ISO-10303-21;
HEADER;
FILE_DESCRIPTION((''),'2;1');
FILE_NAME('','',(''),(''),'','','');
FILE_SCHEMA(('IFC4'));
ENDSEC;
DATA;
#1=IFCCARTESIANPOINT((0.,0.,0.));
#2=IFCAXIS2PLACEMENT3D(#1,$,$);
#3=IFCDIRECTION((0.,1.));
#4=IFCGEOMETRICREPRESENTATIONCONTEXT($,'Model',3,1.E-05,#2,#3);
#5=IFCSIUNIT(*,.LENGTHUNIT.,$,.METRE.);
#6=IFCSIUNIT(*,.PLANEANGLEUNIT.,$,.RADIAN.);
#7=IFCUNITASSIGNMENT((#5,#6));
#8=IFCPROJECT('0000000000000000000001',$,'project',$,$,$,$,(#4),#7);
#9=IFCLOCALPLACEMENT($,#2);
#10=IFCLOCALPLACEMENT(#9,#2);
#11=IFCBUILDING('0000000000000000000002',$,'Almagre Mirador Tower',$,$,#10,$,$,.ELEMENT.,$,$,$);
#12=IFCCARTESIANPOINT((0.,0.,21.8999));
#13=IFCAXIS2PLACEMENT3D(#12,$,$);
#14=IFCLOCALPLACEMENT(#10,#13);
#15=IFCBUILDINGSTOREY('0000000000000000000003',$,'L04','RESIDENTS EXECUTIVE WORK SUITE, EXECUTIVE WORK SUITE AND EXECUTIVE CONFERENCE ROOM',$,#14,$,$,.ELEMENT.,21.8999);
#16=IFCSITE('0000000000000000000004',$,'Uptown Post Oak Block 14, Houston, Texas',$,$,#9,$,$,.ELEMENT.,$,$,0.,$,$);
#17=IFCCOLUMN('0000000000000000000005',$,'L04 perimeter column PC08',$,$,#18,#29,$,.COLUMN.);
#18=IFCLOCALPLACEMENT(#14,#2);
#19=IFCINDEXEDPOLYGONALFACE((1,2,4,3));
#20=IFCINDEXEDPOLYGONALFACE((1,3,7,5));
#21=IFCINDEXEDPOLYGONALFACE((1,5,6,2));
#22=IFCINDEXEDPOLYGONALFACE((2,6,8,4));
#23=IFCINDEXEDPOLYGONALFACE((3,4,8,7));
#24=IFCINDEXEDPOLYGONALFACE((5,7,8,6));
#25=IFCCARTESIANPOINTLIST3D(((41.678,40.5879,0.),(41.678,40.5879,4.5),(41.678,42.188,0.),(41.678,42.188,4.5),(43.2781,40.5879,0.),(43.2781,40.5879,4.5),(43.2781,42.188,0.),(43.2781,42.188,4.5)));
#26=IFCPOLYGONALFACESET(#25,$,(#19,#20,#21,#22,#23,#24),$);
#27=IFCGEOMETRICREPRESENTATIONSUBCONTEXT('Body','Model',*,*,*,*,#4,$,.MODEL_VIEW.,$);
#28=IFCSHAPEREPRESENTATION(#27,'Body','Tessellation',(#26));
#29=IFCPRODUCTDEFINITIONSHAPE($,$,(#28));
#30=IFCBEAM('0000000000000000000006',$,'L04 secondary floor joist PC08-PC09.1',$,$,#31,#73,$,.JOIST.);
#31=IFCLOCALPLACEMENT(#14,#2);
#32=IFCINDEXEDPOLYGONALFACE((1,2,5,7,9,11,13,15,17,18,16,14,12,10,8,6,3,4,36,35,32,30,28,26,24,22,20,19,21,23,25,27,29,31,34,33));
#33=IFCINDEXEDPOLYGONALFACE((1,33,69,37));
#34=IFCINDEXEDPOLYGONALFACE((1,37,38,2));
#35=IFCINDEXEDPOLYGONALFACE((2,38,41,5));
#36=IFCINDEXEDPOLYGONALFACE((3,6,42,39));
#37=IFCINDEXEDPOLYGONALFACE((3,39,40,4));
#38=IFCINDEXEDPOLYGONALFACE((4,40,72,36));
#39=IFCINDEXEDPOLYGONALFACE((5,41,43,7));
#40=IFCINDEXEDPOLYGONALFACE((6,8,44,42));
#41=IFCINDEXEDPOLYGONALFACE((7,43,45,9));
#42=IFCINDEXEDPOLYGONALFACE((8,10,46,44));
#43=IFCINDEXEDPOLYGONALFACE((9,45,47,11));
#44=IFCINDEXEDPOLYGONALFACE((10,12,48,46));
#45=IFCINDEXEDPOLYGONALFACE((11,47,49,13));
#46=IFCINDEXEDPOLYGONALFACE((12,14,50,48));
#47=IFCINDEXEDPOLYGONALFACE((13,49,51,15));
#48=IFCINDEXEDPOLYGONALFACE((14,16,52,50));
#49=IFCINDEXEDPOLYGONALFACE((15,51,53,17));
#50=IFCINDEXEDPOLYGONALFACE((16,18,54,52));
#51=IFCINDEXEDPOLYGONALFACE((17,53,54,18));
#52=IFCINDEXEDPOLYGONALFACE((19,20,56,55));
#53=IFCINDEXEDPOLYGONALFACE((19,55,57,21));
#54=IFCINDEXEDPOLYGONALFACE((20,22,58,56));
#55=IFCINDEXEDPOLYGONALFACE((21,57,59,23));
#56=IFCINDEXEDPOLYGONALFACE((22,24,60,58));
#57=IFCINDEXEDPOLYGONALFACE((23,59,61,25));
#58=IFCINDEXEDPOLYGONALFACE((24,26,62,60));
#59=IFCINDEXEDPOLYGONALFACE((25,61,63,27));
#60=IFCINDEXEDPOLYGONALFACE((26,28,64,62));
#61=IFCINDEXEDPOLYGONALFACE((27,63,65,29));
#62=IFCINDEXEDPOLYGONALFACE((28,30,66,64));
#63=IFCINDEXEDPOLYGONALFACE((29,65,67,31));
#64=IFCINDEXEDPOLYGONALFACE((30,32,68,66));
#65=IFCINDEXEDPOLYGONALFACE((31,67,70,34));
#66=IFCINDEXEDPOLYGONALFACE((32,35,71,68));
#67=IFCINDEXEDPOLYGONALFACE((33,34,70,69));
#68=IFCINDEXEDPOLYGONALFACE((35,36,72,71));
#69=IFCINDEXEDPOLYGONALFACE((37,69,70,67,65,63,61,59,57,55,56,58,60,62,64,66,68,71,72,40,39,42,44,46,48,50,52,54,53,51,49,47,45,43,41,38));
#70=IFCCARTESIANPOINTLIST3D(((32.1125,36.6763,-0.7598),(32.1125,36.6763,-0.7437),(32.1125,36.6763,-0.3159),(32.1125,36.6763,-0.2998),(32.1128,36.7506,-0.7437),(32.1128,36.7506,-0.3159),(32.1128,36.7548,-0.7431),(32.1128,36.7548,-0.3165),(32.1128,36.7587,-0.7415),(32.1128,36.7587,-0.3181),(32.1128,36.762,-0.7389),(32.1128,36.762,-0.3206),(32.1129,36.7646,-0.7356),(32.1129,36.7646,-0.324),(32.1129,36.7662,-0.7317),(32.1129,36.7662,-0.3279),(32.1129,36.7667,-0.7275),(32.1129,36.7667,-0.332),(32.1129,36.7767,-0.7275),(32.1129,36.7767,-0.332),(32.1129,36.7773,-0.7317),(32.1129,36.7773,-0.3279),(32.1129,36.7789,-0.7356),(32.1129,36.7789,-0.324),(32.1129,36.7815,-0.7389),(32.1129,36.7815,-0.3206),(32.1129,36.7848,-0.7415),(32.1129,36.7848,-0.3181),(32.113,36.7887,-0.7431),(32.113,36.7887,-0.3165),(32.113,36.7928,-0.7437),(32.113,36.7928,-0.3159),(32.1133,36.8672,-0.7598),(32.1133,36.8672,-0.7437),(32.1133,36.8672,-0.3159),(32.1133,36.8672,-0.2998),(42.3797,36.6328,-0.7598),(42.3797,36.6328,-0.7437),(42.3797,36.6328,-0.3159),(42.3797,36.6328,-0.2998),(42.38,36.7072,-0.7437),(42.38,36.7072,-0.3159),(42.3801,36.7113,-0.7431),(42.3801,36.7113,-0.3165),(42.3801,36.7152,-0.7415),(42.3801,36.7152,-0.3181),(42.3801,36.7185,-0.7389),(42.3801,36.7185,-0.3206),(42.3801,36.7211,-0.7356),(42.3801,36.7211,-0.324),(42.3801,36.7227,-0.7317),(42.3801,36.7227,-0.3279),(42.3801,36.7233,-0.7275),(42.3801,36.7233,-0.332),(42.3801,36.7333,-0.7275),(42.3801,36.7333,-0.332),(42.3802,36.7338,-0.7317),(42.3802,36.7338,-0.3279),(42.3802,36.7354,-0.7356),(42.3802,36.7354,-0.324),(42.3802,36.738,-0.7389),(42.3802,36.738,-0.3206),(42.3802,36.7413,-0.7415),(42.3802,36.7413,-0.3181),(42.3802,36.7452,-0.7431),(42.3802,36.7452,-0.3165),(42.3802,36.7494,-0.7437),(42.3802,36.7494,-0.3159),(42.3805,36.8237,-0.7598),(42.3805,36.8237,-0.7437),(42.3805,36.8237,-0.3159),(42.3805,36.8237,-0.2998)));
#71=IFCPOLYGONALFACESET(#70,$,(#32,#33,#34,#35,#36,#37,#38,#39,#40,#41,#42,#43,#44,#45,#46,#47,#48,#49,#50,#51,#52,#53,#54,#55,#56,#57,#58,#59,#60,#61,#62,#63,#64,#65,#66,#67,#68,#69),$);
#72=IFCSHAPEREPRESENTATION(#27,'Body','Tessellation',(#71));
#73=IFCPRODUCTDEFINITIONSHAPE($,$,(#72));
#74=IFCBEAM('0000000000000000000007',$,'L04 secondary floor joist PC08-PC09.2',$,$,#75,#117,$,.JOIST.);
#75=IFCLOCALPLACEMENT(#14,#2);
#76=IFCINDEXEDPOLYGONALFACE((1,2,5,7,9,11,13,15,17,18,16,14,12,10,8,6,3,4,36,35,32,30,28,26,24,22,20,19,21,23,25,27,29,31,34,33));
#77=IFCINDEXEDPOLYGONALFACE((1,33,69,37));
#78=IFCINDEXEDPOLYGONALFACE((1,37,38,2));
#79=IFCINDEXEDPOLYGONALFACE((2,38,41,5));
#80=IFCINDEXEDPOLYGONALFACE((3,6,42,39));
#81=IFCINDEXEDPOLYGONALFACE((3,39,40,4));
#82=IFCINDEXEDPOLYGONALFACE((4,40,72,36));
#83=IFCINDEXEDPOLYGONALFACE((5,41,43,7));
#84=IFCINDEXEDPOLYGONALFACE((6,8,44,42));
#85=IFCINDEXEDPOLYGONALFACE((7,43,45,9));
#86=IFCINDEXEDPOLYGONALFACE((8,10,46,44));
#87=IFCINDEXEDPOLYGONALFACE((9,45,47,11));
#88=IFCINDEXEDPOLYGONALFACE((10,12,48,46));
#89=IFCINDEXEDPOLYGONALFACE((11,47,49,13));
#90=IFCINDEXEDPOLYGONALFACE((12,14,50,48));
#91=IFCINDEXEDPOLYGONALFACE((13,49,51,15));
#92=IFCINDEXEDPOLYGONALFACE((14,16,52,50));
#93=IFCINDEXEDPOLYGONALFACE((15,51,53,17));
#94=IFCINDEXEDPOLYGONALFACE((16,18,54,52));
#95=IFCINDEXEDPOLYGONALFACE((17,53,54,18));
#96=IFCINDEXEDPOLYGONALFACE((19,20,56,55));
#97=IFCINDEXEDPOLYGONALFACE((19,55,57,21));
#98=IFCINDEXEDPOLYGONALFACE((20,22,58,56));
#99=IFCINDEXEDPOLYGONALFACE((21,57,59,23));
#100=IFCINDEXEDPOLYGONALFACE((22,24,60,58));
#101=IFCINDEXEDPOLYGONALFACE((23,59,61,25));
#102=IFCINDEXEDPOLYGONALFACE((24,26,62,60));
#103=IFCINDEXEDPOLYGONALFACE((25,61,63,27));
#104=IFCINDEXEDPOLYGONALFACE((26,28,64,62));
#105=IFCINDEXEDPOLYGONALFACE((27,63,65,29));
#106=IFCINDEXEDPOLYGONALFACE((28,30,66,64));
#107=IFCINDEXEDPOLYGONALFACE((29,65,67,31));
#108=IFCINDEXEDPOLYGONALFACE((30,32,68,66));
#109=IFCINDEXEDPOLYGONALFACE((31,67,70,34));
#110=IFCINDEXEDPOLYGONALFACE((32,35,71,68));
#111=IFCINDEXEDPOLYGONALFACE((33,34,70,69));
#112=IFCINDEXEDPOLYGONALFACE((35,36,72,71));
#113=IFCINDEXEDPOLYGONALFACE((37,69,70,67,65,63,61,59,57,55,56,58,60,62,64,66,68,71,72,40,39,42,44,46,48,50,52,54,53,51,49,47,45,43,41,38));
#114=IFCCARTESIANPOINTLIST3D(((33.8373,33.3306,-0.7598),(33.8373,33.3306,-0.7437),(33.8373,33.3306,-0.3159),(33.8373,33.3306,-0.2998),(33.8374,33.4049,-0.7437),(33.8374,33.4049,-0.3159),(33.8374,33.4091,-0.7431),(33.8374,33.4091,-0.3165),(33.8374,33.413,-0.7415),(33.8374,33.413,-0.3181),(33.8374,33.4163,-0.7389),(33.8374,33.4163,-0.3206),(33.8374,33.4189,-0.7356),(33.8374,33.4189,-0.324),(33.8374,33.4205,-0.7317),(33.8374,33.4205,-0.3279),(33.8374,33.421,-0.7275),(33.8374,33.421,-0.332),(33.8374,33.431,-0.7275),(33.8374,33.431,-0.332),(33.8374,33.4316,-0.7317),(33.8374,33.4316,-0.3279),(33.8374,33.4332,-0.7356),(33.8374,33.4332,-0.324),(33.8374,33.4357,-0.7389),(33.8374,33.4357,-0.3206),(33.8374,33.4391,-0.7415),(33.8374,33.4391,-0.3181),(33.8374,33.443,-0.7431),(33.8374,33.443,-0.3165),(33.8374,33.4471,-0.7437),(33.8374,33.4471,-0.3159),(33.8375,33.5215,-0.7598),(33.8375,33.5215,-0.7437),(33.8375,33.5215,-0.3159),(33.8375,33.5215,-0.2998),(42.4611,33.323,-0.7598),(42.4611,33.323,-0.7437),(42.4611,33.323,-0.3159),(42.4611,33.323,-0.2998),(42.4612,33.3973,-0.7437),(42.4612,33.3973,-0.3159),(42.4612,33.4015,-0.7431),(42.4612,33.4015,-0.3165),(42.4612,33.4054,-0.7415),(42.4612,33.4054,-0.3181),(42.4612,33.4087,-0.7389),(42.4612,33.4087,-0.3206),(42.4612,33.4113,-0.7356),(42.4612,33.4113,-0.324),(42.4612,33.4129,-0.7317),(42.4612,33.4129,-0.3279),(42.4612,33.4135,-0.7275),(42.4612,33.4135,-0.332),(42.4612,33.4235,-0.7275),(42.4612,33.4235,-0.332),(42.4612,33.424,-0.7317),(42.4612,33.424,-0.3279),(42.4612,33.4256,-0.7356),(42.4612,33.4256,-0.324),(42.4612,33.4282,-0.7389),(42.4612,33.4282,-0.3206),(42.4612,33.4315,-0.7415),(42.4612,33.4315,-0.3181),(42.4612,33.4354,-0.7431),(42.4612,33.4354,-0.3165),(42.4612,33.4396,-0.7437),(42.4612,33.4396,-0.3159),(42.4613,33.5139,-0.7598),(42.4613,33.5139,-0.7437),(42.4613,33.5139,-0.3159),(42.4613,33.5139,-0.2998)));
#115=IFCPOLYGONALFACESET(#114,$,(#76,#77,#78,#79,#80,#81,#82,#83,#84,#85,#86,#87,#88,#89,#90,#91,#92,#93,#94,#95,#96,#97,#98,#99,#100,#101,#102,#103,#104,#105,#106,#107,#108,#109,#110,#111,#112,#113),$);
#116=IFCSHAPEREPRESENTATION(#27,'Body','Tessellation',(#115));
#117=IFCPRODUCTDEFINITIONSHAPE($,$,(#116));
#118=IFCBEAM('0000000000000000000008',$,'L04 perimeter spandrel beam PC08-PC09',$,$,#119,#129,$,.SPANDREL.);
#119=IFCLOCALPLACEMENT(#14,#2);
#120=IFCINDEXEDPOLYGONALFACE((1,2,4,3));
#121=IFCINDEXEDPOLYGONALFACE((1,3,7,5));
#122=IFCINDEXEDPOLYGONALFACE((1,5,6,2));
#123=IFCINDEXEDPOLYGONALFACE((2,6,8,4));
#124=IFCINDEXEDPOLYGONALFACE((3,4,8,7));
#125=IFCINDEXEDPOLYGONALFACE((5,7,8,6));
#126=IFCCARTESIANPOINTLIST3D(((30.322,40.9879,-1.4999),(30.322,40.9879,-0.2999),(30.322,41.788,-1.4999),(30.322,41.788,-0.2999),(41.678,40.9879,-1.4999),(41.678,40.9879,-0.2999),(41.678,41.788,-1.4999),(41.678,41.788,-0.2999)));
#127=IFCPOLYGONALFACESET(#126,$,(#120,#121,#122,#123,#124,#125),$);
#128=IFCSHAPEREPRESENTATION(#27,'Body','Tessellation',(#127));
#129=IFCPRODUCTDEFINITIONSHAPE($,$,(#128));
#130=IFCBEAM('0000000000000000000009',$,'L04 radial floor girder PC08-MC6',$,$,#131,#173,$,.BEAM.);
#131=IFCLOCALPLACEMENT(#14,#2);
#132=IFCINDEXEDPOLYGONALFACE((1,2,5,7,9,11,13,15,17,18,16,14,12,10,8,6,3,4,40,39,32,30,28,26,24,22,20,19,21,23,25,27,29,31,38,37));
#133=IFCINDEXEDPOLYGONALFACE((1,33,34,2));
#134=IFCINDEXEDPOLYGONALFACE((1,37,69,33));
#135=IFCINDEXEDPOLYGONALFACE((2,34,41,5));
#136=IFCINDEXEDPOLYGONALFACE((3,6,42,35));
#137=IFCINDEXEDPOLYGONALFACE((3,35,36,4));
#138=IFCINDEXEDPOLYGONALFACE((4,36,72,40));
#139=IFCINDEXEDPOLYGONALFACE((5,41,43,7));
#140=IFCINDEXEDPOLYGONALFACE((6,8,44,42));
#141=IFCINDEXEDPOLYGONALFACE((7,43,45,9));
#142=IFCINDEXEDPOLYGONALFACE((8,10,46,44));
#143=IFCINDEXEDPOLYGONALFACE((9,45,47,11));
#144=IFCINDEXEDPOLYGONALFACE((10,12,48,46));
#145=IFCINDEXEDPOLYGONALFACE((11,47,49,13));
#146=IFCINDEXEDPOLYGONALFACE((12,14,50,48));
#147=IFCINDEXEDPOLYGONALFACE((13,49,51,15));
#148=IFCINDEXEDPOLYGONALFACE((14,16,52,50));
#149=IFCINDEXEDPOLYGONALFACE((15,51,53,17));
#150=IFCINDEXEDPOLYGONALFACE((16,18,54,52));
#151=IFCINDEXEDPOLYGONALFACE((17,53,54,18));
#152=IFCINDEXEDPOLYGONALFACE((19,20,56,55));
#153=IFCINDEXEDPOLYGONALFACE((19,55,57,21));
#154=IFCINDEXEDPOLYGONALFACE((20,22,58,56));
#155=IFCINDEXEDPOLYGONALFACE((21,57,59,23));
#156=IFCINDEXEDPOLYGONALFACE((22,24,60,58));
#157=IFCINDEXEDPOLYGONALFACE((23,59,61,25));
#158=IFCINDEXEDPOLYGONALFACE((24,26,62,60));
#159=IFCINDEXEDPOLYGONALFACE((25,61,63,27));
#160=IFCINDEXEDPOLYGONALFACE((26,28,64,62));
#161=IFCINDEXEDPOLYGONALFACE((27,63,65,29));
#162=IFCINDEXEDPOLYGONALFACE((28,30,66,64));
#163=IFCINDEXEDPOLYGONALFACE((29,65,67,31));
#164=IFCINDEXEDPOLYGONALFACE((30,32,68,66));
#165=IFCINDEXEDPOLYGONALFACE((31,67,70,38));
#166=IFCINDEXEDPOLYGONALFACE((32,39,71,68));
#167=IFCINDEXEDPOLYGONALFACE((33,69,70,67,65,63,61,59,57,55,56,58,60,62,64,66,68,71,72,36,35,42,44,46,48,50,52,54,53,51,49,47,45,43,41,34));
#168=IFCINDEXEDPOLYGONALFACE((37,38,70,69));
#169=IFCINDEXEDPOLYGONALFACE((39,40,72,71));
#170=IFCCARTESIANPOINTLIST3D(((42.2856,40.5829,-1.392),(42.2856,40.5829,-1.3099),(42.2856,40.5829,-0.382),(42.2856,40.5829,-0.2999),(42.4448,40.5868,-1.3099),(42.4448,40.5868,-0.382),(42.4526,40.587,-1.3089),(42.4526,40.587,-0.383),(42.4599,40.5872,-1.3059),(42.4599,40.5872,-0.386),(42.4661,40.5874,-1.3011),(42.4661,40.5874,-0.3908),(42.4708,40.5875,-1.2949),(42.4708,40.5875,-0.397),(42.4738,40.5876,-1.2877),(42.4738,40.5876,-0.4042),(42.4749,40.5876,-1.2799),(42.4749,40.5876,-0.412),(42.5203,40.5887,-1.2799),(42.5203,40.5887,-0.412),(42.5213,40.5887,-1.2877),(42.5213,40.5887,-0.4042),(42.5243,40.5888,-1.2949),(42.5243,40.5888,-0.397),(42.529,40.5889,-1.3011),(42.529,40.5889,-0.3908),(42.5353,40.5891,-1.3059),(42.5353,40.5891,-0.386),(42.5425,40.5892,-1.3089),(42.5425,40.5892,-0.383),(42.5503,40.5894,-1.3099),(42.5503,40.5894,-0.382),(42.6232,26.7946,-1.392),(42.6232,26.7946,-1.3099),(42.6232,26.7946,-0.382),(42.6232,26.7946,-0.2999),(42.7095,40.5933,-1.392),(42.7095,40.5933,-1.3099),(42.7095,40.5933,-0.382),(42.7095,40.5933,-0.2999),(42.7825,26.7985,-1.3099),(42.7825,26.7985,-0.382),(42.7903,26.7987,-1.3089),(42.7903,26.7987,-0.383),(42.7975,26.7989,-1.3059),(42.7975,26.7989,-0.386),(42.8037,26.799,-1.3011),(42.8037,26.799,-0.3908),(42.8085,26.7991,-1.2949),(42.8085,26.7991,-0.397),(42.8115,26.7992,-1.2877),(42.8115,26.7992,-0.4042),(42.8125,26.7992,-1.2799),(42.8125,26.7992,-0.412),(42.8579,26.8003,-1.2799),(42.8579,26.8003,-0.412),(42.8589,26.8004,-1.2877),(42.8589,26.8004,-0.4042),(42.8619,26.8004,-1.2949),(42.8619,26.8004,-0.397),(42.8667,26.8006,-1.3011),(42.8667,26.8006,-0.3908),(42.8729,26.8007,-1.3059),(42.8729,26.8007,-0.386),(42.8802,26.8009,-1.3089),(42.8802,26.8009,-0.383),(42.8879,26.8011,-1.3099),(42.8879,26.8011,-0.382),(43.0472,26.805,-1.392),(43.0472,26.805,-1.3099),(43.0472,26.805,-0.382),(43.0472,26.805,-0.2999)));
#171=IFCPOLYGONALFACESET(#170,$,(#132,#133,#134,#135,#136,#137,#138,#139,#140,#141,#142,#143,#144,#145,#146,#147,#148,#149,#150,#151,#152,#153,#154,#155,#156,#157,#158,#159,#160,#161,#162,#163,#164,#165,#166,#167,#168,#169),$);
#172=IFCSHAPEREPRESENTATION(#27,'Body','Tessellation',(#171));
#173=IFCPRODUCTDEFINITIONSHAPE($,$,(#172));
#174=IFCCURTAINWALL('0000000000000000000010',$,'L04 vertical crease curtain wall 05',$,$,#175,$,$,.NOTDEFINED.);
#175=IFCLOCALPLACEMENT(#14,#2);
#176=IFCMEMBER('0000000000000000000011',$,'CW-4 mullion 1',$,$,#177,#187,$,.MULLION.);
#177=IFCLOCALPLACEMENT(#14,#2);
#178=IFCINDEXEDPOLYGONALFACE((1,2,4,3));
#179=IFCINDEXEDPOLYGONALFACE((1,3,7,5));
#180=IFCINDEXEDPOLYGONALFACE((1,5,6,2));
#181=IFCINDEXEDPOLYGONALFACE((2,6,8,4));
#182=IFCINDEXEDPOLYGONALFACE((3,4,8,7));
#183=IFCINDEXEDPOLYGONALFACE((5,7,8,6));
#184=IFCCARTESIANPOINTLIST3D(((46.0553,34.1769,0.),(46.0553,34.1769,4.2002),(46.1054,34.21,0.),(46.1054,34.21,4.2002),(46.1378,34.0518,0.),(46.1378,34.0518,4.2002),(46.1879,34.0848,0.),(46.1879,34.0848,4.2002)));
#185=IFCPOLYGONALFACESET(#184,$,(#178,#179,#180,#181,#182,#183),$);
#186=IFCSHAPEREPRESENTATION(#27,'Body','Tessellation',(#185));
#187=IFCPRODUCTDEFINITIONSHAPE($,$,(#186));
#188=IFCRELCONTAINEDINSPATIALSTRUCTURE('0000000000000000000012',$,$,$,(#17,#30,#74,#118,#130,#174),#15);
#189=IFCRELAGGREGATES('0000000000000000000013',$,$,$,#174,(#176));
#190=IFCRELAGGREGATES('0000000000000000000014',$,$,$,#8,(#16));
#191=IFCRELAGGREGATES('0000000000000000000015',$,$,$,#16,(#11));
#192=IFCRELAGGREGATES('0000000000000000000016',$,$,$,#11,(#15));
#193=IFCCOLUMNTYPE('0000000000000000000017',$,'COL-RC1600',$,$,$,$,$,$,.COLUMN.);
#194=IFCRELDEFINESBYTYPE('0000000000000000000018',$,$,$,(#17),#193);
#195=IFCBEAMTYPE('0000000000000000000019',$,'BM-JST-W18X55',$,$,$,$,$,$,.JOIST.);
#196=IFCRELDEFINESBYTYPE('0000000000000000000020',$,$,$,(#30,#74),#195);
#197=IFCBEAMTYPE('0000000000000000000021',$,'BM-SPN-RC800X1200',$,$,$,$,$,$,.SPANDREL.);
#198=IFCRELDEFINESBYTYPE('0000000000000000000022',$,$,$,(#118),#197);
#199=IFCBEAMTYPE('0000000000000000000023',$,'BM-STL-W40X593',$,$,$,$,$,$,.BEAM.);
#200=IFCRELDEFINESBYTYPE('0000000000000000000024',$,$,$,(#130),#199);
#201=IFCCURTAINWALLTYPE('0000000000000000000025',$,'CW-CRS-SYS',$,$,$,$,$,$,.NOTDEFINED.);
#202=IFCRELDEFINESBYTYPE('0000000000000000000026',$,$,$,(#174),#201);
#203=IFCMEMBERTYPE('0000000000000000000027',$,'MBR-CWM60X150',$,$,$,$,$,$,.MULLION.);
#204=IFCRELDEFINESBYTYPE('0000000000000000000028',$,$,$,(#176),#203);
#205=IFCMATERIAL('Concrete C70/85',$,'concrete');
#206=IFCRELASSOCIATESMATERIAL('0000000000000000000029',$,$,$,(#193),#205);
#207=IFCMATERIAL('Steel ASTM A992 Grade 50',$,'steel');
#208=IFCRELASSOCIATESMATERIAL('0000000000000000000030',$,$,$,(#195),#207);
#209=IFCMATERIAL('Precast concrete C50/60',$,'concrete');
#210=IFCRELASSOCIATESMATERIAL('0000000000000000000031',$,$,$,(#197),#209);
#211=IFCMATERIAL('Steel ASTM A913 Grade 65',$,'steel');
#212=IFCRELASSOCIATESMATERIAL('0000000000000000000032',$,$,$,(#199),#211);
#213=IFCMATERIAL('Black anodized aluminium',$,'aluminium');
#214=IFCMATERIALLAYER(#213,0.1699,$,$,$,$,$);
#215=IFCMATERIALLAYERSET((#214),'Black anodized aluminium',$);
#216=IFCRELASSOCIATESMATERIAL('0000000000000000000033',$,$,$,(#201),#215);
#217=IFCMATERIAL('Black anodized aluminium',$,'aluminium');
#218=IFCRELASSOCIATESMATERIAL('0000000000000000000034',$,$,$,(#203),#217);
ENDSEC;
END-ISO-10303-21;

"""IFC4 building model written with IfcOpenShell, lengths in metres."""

from ifc_helpers import new_model, si_unit, direction, frame, origin, origin_2d, place, context, subcontext, project, spatial, rectangle, i_section, extrude, material, layer, layer_set, material_profile, profile_set, type_object, element, aggregate, save


model = new_model("IFC4")

# Units and contexts
model_context = context("Model", 3, precision=1e-05, world=origin(), true_north=direction((0.0, 1.0)))
body_context = subcontext(model_context, "Body", "Model", "MODEL_VIEW")
ifc_project = project(units=[si_unit("LENGTHUNIT", "METRE"), si_unit("PLANEANGLEUNIT", "RADIAN")], contexts=[model_context])

# Site, building, storey
site_placement = place(None, origin())
site = spatial("IfcSite", under=ifc_project, at=site_placement, Name="Uptown Post Oak Block 14, Houston, Texas", CompositionType="ELEMENT", RefElevation=0.0)
building_placement = place(site_placement, origin())
building = spatial("IfcBuilding", under=site, at=building_placement, Name="Almagre Mirador Tower", CompositionType="ELEMENT")
storey_placement = place(building_placement, frame((0.0, 0.0, 21.8999)))
storey = spatial("IfcBuildingStorey", under=building, at=storey_placement, Name="L04", Description="RESIDENTS EXECUTIVE WORK SUITE, EXECUTIVE WORK SUITE AND EXECUTIVE CONFERENCE ROOM", CompositionType="ELEMENT", Elevation=21.8999)

# Column
ifc_material_1 = material(Name="Concrete C70/85", Category="concrete")
ifc_material_profile_1 = material_profile(ifc_material_1, rectangle(XDim=1.6001, YDim=1.6001, at=origin_2d()), Name="RC1600X1600")
ifc_profile_set_1 = profile_set([ifc_material_profile_1], Name="Concrete C70/85")
column_type = type_object("IfcColumnType", Name="COL-RC1600", PredefinedType="COLUMN", material=ifc_profile_set_1)
column_placement = place(storey_placement, frame((42.478, 41.3879, 0.0), z_axis=(0.0, 0.0, 1.0), x_axis=(1.0, 0.0, 0.0)))
element("IfcColumn", 1, at=column_placement, inside=storey, type_object=column_type, Name="L04 perimeter column PC08", PredefinedType="COLUMN", context=body_context, shape_type="SweptSolid", body=[
    extrude(rectangle(XDim=1.6001, YDim=1.6001, at=origin_2d()), origin(), (0.0, 0.0, 1.0), 4.5),
])

# Beams
ifc_material_2 = material(Name="Steel ASTM A992 Grade 50", Category="steel")
ifc_material_profile_2 = material_profile(ifc_material_2, i_section(OverallWidth=0.1909, OverallDepth=0.46, WebThickness=0.01, FlangeThickness=0.0161, FilletRadius=0.0161, at=origin_2d()), Name="W18X55")
ifc_profile_set_2 = profile_set([ifc_material_profile_2], Name="Steel ASTM A992 Grade 50")
beam_type_1 = type_object("IfcBeamType", Name="BM-JST-W18X55", PredefinedType="JOIST", material=ifc_profile_set_2)
beam_1_placement = place(storey_placement, frame((42.3801, 36.7283, -0.5298), z_axis=(-0.999991, 0.004233, 0.0), x_axis=(-0.004233, -0.999991, 0.0)))
element("IfcBeam", 2, at=beam_1_placement, inside=storey, type_object=beam_type_1, Name="L04 secondary floor joist PC08-PC09.1", PredefinedType="JOIST", context=body_context, shape_type="SweptSolid", body=[
    extrude(i_section(OverallWidth=0.1909, OverallDepth=0.46, WebThickness=0.01, FlangeThickness=0.0161, FilletRadius=0.0161, at=origin_2d()), origin(), (0.0, 0.0, 1.0), 10.2673),
])
beam_2_placement = place(storey_placement, frame((42.4612, 33.4185, -0.5298), z_axis=(-1.0, 0.000878, 0.0), x_axis=(-0.000878, -1.0, 0.0)))
element("IfcBeam", 3, at=beam_2_placement, inside=storey, type_object=beam_type_1, Name="L04 secondary floor joist PC08-PC09.2", PredefinedType="JOIST", context=body_context, shape_type="SweptSolid", body=[
    extrude(i_section(OverallWidth=0.1909, OverallDepth=0.46, WebThickness=0.01, FlangeThickness=0.0161, FilletRadius=0.0161, at=origin_2d()), origin(), (0.0, 0.0, 1.0), 8.6238),
])
ifc_material_3 = material(Name="Precast concrete C50/60", Category="concrete")
ifc_material_profile_3 = material_profile(ifc_material_3, rectangle(XDim=0.8, YDim=1.2, at=origin_2d()), Name="RC800X1200")
ifc_profile_set_3 = profile_set([ifc_material_profile_3], Name="Precast concrete C50/60")
beam_type_2 = type_object("IfcBeamType", Name="BM-SPN-RC800X1200", PredefinedType="SPANDREL", material=ifc_profile_set_3)
beam_3_placement = place(storey_placement, frame((41.678, 41.3879, -0.8999), z_axis=(-1.0, 0.0, 0.0), x_axis=(0.0, -1.0, 0.0)))
element("IfcBeam", 4, at=beam_3_placement, inside=storey, type_object=beam_type_2, Name="L04 perimeter spandrel beam PC08-PC09", PredefinedType="SPANDREL", context=body_context, shape_type="SweptSolid", body=[
    extrude(rectangle(XDim=0.8, YDim=1.2, at=origin_2d()), origin(), (0.0, 0.0, 1.0), 11.356),
])
ifc_material_4 = material(Name="Steel ASTM A913 Grade 65", Category="steel")
ifc_material_profile_4 = material_profile(ifc_material_4, i_section(OverallWidth=0.4241, OverallDepth=1.092, WebThickness=0.0454, FlangeThickness=0.082, FilletRadius=0.03, at=origin_2d()), Name="W40X593")
ifc_profile_set_4 = profile_set([ifc_material_profile_4], Name="Steel ASTM A913 Grade 65")
beam_type_3 = type_object("IfcBeamType", Name="BM-STL-W40X593", PredefinedType="BEAM", material=ifc_profile_set_4)
beam_4_placement = place(storey_placement, frame((42.4976, 40.5881, -0.8459), z_axis=(0.024481, -0.9997, 0.0), x_axis=(0.9997, 0.024481, 0.0)))
element("IfcBeam", 5, at=beam_4_placement, inside=storey, type_object=beam_type_3, Name="L04 radial floor girder PC08-MC6", PredefinedType="BEAM", context=body_context, shape_type="SweptSolid", body=[
    extrude(i_section(OverallWidth=0.4241, OverallDepth=1.092, WebThickness=0.0454, FlangeThickness=0.082, FilletRadius=0.03, at=origin_2d()), origin(), (0.0, 0.0, 1.0), 13.7925),
])

# Curtain wall, member
ifc_material_5 = material(Name="Black anodized aluminium", Category="aluminium")
ifc_layer_1 = layer(ifc_material_5, 0.1699)
ifc_layer_set_1 = layer_set([ifc_layer_1], Name="Black anodized aluminium")
curtain_wall_type = type_object("IfcCurtainWallType", Name="CW-CRS-SYS", PredefinedType="NOTDEFINED", material=ifc_layer_set_1)
curtain_wall_placement = place(storey_placement, origin())
curtain_wall = element("IfcCurtainWall", 6, at=curtain_wall_placement, inside=storey, type_object=curtain_wall_type, Name="L04 vertical crease curtain wall 05", PredefinedType="NOTDEFINED")
ifc_material_6 = material(Name="Black anodized aluminium", Category="aluminium")
ifc_material_profile_5 = material_profile(ifc_material_6, rectangle(XDim=0.0601, YDim=0.1499, at=origin_2d()), Name="CWM60X150")
ifc_profile_set_5 = profile_set([ifc_material_profile_5], Name="Black anodized aluminium")
member_type_1 = type_object("IfcMemberType", Name="MBR-CWM60X150", PredefinedType="MULLION", material=ifc_profile_set_5)
member_1_placement = place(storey_placement, frame((46.1216, 34.1309, 0.0), z_axis=(0.0, 0.0, 1.0), x_axis=(0.834983, 0.550275, 0.0)))
member_1 = element("IfcMember", 7, at=member_1_placement, type_object=member_type_1, Name="CW-4 mullion 1", PredefinedType="MULLION", context=body_context, shape_type="SweptSolid", body=[
    extrude(rectangle(XDim=0.0601, YDim=0.1499, at=origin_2d()), origin(), (0.0, 0.0, 1.0), 4.2002),
])
aggregate(curtain_wall, [member_1])

save(model, "model.ifc")
